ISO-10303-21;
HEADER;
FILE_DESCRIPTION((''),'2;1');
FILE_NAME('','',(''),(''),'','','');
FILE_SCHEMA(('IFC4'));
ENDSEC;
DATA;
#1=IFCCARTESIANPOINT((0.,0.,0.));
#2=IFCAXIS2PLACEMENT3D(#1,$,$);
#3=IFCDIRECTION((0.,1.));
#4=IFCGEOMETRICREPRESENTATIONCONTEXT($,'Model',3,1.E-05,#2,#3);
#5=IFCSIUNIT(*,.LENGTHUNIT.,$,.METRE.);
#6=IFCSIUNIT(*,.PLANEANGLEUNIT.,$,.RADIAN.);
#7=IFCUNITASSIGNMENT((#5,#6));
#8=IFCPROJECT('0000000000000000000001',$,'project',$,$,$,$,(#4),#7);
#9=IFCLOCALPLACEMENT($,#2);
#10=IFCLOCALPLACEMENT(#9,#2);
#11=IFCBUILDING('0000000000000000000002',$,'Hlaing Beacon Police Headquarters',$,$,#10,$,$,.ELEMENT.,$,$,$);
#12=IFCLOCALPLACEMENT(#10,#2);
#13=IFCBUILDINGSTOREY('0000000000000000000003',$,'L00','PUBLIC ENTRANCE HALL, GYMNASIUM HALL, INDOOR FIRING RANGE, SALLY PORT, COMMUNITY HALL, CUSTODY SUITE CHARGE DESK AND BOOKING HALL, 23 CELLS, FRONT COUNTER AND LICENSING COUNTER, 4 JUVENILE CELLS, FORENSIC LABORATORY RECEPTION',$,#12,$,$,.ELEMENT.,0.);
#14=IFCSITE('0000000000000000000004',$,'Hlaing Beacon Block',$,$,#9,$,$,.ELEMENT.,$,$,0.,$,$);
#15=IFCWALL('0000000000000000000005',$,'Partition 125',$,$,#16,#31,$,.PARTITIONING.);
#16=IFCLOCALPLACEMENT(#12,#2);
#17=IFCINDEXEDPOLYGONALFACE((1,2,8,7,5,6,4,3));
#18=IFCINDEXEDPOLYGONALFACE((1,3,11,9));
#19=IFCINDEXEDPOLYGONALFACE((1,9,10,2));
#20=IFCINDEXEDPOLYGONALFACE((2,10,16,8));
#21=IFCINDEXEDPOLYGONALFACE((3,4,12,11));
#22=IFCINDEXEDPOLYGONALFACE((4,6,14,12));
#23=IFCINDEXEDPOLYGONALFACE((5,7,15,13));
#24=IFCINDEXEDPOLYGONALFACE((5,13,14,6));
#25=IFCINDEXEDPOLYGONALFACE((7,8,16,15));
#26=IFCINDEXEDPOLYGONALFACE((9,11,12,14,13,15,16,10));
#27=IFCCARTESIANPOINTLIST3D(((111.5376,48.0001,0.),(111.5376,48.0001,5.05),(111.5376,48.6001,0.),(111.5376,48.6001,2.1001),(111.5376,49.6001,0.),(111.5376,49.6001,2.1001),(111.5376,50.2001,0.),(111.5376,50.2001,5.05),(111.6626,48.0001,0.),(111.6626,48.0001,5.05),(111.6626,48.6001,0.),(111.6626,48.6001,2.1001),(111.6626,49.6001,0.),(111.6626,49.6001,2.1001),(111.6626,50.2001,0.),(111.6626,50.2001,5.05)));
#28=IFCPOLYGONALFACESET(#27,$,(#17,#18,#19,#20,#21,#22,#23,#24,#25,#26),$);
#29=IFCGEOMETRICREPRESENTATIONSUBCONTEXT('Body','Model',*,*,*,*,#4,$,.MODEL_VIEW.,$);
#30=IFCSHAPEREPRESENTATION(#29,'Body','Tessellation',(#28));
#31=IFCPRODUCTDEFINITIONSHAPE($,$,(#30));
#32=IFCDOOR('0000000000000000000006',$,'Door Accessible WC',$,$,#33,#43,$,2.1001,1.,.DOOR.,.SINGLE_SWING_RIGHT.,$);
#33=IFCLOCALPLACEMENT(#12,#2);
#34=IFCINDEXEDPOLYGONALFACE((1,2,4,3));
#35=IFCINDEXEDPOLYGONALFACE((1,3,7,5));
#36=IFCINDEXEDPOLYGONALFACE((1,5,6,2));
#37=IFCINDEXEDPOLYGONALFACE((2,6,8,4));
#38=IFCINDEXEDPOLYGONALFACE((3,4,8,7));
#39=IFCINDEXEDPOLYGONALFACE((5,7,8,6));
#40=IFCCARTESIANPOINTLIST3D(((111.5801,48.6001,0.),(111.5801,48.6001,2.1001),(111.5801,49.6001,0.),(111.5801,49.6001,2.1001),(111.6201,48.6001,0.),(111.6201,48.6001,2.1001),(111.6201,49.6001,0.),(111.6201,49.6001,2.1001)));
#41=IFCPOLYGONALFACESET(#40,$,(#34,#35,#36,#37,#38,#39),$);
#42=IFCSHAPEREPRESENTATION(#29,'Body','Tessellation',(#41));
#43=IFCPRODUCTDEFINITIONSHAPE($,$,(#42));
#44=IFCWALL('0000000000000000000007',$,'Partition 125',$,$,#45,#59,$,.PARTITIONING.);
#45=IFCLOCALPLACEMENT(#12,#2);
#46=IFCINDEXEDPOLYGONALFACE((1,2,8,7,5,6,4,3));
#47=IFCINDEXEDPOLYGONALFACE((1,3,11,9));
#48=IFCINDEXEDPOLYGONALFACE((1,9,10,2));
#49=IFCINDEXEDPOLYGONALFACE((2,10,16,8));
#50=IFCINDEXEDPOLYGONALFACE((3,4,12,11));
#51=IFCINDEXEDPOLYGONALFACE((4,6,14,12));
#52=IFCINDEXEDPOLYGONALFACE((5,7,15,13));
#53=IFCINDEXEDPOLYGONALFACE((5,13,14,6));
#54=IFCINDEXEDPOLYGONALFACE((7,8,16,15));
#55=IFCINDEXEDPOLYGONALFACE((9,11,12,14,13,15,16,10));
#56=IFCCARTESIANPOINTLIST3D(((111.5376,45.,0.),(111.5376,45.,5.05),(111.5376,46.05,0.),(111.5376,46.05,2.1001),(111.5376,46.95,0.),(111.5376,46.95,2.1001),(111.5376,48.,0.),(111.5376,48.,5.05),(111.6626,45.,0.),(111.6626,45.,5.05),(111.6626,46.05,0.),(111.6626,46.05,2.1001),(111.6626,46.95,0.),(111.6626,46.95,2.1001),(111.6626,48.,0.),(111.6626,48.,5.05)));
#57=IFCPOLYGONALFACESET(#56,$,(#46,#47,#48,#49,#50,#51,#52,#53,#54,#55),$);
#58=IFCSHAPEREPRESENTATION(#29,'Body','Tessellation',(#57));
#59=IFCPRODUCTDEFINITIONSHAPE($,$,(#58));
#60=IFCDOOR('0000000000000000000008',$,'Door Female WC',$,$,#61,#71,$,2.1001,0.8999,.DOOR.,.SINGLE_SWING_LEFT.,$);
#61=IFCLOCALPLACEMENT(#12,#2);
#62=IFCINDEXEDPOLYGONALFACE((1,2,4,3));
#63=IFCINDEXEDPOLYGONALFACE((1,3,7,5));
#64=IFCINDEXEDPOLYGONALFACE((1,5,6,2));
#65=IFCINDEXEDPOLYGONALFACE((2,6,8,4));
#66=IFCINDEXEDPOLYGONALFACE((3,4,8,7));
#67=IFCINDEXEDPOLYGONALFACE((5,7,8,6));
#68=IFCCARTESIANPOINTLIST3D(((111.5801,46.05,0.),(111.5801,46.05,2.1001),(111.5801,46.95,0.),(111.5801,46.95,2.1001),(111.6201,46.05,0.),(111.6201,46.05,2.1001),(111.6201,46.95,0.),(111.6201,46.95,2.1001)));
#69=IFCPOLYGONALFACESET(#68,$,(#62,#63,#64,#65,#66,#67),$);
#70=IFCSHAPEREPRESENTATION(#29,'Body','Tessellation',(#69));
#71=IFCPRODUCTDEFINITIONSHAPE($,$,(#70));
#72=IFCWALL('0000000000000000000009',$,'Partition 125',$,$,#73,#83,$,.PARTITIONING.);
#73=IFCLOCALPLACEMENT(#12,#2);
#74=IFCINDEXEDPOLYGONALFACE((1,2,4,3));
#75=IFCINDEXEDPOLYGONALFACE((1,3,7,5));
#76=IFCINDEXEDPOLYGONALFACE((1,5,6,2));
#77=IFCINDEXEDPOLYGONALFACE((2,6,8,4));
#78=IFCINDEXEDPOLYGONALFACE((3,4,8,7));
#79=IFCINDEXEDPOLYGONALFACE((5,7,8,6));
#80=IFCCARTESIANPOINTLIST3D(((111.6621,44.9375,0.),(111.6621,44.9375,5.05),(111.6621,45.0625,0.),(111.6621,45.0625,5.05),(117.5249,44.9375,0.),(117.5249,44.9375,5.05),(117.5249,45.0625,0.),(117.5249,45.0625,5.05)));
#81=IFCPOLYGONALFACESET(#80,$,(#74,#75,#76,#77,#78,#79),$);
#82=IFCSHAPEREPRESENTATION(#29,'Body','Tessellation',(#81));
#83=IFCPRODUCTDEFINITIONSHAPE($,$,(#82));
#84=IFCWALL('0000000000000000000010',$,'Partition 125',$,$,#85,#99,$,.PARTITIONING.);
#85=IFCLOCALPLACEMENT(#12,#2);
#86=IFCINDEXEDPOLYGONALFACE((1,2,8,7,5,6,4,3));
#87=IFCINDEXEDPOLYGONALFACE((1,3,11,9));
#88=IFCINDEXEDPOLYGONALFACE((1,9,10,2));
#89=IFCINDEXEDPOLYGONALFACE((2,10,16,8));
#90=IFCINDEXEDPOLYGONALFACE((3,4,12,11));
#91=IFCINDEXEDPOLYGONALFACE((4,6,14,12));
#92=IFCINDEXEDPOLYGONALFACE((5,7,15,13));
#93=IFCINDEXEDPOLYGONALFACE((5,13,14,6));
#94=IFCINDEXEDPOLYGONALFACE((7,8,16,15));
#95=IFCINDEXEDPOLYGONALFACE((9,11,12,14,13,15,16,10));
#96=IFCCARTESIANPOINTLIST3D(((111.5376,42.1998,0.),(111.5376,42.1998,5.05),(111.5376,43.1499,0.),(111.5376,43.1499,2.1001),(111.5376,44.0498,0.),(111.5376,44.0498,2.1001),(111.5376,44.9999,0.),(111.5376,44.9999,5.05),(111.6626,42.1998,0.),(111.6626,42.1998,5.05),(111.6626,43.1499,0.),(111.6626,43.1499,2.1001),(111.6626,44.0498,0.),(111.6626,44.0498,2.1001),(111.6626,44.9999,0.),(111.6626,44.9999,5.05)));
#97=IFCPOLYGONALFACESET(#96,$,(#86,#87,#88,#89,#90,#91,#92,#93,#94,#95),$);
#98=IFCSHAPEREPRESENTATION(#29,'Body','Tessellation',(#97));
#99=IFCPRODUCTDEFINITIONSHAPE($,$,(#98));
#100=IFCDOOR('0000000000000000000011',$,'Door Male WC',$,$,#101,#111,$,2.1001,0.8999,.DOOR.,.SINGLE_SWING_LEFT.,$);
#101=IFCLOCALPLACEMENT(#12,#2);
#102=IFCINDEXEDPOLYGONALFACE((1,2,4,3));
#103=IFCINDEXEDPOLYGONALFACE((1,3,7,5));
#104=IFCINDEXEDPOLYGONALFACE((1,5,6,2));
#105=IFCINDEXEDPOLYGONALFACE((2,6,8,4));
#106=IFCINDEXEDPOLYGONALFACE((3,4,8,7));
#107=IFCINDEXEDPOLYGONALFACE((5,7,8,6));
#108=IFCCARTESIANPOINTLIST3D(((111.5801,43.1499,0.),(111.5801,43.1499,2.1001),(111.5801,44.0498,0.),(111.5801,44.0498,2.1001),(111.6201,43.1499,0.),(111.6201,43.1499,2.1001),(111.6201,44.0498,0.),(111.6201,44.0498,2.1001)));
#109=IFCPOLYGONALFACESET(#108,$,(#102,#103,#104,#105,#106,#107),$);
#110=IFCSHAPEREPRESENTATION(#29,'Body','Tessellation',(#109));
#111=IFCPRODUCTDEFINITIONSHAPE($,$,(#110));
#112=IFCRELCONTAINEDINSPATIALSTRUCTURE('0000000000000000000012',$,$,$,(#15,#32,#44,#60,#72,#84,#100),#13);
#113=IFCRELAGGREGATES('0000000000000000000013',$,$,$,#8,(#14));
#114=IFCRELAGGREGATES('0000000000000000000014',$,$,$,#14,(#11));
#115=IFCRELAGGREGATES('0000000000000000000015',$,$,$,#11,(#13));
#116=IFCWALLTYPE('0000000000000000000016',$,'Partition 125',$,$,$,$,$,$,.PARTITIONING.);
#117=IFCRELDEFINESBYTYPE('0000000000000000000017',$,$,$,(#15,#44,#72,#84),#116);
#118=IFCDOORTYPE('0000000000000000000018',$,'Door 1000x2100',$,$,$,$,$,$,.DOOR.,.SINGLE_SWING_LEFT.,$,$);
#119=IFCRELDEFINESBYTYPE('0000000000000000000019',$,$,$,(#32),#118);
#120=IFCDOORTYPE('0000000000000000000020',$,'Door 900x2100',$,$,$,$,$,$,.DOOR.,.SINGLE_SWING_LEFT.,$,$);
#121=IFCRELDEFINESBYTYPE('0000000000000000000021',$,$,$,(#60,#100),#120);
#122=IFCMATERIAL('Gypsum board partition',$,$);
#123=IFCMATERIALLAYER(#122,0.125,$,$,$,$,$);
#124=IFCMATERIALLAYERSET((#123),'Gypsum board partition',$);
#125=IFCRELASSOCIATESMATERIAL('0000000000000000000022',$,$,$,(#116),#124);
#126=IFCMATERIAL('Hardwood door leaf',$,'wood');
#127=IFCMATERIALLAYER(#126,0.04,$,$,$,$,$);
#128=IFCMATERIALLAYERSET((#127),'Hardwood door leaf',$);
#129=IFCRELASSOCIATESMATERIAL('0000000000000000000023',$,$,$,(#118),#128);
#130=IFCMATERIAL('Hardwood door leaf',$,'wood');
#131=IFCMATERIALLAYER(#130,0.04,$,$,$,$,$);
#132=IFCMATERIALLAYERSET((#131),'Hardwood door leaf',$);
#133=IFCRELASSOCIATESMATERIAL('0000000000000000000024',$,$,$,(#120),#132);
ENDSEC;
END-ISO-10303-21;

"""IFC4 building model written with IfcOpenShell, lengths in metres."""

from ifc_helpers import new_model, si_unit, direction, frame, frame_2d, origin, place, context, subcontext, project, spatial, rectangle, extrude, material, layer, layer_set, type_object, element, fill, save


model = new_model("IFC4")

# Units and contexts
model_context = context("Model", 3, precision=1e-05, world=origin(), true_north=direction((0.0, 1.0)))
body_context = subcontext(model_context, "Body", "Model", "MODEL_VIEW")
ifc_project = project(units=[si_unit("LENGTHUNIT", "METRE"), si_unit("PLANEANGLEUNIT", "RADIAN")], contexts=[model_context])

# Site, building, storey
site_placement = place(None, origin())
site = spatial("IfcSite", under=ifc_project, at=site_placement, Name="Hlaing Beacon Block", CompositionType="ELEMENT", RefElevation=0.0)
building_placement = place(site_placement, origin())
building = spatial("IfcBuilding", under=site, at=building_placement, Name="Hlaing Beacon Police Headquarters", CompositionType="ELEMENT")
storey_placement = place(building_placement, origin())
storey = spatial("IfcBuildingStorey", under=building, at=storey_placement, Name="L00", Description="PUBLIC ENTRANCE HALL, GYMNASIUM HALL, INDOOR FIRING RANGE, SALLY PORT, COMMUNITY HALL, CUSTODY SUITE CHARGE DESK AND BOOKING HALL, 23 CELLS, FRONT COUNTER AND LICENSING COUNTER, 4 JUVENILE CELLS, FORENSIC LABORATORY RECEPTION", CompositionType="ELEMENT", Elevation=0.0)

# Walls, openings, doors
ifc_material_1 = material(Name="Gypsum board partition")
ifc_layer_1 = layer(ifc_material_1, 0.125)
ifc_layer_set_1 = layer_set([ifc_layer_1], Name="Gypsum board partition")
wall_type_1 = type_object("IfcWallType", Name="Partition 125", PredefinedType="PARTITIONING", material=ifc_layer_set_1)
wall_1_placement = place(storey_placement, frame((111.6001, 48.0, 0.0), z_axis=(0.0, 0.0, 1.0), x_axis=(0.0, 1.0, 0.0)))
wall_1 = element("IfcWall", 1, at=wall_1_placement, inside=storey, type_object=wall_type_1, Name="Partition 125", PredefinedType="PARTITIONING", context=body_context, shape_type="SweptSolid", body=[
    extrude(rectangle(XDim=2.2, YDim=0.125, at=frame_2d((1.1001, 0.0))), origin(), (0.0, 0.0, 1.0), 5.05),
])
opening_1_placement = place(wall_1_placement, frame((0.6001, 0.0, 0.0)))
opening_1 = element("IfcOpeningElement", 2, at=opening_1_placement, cuts=wall_1, PredefinedType="OPENING", context=body_context, shape_type="SweptSolid", body=[
    extrude(rectangle(XDim=1.0, YDim=2.1001, at=frame_2d((0.5, 1.05))), frame((0.0, 0.0725, 0.0), z_axis=(0.0, -1.0, 0.0), x_axis=(1.0, 0.0, 0.0)), (0.0, 0.0, 1.0), 0.145),
])
ifc_material_2 = material(Name="Hardwood door leaf", Category="wood")
ifc_layer_2 = layer(ifc_material_2, 0.04)
ifc_layer_set_2 = layer_set([ifc_layer_2], Name="Hardwood door leaf")
door_type_1 = type_object("IfcDoorType", Name="Door 1000x2100", OperationType="SINGLE_SWING_LEFT", PredefinedType="DOOR", material=ifc_layer_set_2)
door_1_placement = place(opening_1_placement, frame((1.0, 0.0, 0.0), z_axis=(0.0, 0.0, 1.0), x_axis=(-1.0, 0.0, 0.0)))
door_1 = element("IfcDoor", 3, at=door_1_placement, inside=storey, type_object=door_type_1, Name="Door Accessible WC", OperationType="SINGLE_SWING_RIGHT", OverallHeight=2.1001, OverallWidth=1.0, PredefinedType="DOOR", context=body_context, shape_type="SweptSolid", body=[
    extrude(rectangle(XDim=1.0, YDim=2.1001, at=frame_2d((0.5, 1.05))), frame((0.0, 0.02, 0.0), z_axis=(0.0, -1.0, 0.0), x_axis=(1.0, 0.0, 0.0)), (0.0, 0.0, 1.0), 0.04),
])
fill(opening_1, door_1)
wall_2_placement = place(storey_placement, frame((111.6001, 45.0, 0.0), z_axis=(0.0, 0.0, 1.0), x_axis=(0.0, 1.0, 0.0)))
wall_2 = element("IfcWall", 4, at=wall_2_placement, inside=storey, type_object=wall_type_1, Name="Partition 125", PredefinedType="PARTITIONING", context=body_context, shape_type="SweptSolid", body=[
    extrude(rectangle(XDim=3.0, YDim=0.125, at=frame_2d((1.5, 0.0))), origin(), (0.0, 0.0, 1.0), 5.05),
])
opening_2_placement = place(wall_2_placement, frame((1.05, 0.0, 0.0)))
opening_2 = element("IfcOpeningElement", 5, at=opening_2_placement, cuts=wall_2, PredefinedType="OPENING", context=body_context, shape_type="SweptSolid", body=[
    extrude(rectangle(XDim=0.8999, YDim=2.1001, at=frame_2d((0.45, 1.05))), frame((0.0, 0.0725, 0.0), z_axis=(0.0, -1.0, 0.0), x_axis=(1.0, 0.0, 0.0)), (0.0, 0.0, 1.0), 0.145),
])
ifc_material_3 = material(Name="Hardwood door leaf", Category="wood")
ifc_layer_3 = layer(ifc_material_3, 0.04)
ifc_layer_set_3 = layer_set([ifc_layer_3], Name="Hardwood door leaf")
door_type_2 = type_object("IfcDoorType", Name="Door 900x2100", OperationType="SINGLE_SWING_LEFT", PredefinedType="DOOR", material=ifc_layer_set_3)
door_2_placement = place(opening_2_placement, frame((0.8999, 0.0, 0.0), z_axis=(0.0, 0.0, 1.0), x_axis=(-1.0, 0.0, 0.0)))
door_2 = element("IfcDoor", 6, at=door_2_placement, inside=storey, type_object=door_type_2, Name="Door Female WC", OperationType="SINGLE_SWING_LEFT", OverallHeight=2.1001, OverallWidth=0.8999, PredefinedType="DOOR", context=body_context, shape_type="SweptSolid", body=[
    extrude(rectangle(XDim=0.8999, YDim=2.1001, at=frame_2d((0.45, 1.05))), frame((0.0, 0.02, 0.0), z_axis=(0.0, -1.0, 0.0), x_axis=(1.0, 0.0, 0.0)), (0.0, 0.0, 1.0), 0.04),
])
fill(opening_2, door_2)

# Wall
wall_3_placement = place(storey_placement, frame((111.6621, 45.0, 0.0), z_axis=(0.0, 0.0, 1.0), x_axis=(1.0, 0.0, 0.0)))
element("IfcWall", 7, at=wall_3_placement, inside=storey, type_object=wall_type_1, Name="Partition 125", PredefinedType="PARTITIONING", context=body_context, shape_type="SweptSolid", body=[
    extrude(rectangle(XDim=5.8628, YDim=0.125, at=frame_2d((2.9314, 0.0))), origin(), (0.0, 0.0, 1.0), 5.05),
])

# Wall, opening, door
wall_4_placement = place(storey_placement, frame((111.6001, 42.2, 0.0), z_axis=(0.0, 0.0, 1.0), x_axis=(0.0, 1.0, 0.0)))
wall_4 = element("IfcWall", 8, at=wall_4_placement, inside=storey, type_object=wall_type_1, Name="Partition 125", PredefinedType="PARTITIONING", context=body_context, shape_type="SweptSolid", body=[
    extrude(rectangle(XDim=2.8, YDim=0.125, at=frame_2d((1.3999, 0.0))), origin(), (0.0, 0.0, 1.0), 5.05),
])
opening_3_placement = place(wall_4_placement, frame((0.95, 0.0, 0.0)))
opening_3 = element("IfcOpeningElement", 9, at=opening_3_placement, cuts=wall_4, PredefinedType="OPENING", context=body_context, shape_type="SweptSolid", body=[
    extrude(rectangle(XDim=0.8999, YDim=2.1001, at=frame_2d((0.45, 1.05))), frame((0.0, 0.0725, 0.0), z_axis=(0.0, -1.0, 0.0), x_axis=(1.0, 0.0, 0.0)), (0.0, 0.0, 1.0), 0.145),
])
door_3_placement = place(opening_3_placement, frame((0.8999, 0.0, 0.0), z_axis=(0.0, 0.0, 1.0), x_axis=(-1.0, 0.0, 0.0)))
door_3 = element("IfcDoor", 10, at=door_3_placement, inside=storey, type_object=door_type_2, Name="Door Male WC", OperationType="SINGLE_SWING_LEFT", OverallHeight=2.1001, OverallWidth=0.8999, PredefinedType="DOOR", context=body_context, shape_type="SweptSolid", body=[
    extrude(rectangle(XDim=0.8999, YDim=2.1001, at=frame_2d((0.45, 1.05))), frame((0.0, 0.02, 0.0), z_axis=(0.0, -1.0, 0.0), x_axis=(1.0, 0.0, 0.0)), (0.0, 0.0, 1.0), 0.04),
])
fill(opening_3, door_3)

save(model, "model.ifc")
